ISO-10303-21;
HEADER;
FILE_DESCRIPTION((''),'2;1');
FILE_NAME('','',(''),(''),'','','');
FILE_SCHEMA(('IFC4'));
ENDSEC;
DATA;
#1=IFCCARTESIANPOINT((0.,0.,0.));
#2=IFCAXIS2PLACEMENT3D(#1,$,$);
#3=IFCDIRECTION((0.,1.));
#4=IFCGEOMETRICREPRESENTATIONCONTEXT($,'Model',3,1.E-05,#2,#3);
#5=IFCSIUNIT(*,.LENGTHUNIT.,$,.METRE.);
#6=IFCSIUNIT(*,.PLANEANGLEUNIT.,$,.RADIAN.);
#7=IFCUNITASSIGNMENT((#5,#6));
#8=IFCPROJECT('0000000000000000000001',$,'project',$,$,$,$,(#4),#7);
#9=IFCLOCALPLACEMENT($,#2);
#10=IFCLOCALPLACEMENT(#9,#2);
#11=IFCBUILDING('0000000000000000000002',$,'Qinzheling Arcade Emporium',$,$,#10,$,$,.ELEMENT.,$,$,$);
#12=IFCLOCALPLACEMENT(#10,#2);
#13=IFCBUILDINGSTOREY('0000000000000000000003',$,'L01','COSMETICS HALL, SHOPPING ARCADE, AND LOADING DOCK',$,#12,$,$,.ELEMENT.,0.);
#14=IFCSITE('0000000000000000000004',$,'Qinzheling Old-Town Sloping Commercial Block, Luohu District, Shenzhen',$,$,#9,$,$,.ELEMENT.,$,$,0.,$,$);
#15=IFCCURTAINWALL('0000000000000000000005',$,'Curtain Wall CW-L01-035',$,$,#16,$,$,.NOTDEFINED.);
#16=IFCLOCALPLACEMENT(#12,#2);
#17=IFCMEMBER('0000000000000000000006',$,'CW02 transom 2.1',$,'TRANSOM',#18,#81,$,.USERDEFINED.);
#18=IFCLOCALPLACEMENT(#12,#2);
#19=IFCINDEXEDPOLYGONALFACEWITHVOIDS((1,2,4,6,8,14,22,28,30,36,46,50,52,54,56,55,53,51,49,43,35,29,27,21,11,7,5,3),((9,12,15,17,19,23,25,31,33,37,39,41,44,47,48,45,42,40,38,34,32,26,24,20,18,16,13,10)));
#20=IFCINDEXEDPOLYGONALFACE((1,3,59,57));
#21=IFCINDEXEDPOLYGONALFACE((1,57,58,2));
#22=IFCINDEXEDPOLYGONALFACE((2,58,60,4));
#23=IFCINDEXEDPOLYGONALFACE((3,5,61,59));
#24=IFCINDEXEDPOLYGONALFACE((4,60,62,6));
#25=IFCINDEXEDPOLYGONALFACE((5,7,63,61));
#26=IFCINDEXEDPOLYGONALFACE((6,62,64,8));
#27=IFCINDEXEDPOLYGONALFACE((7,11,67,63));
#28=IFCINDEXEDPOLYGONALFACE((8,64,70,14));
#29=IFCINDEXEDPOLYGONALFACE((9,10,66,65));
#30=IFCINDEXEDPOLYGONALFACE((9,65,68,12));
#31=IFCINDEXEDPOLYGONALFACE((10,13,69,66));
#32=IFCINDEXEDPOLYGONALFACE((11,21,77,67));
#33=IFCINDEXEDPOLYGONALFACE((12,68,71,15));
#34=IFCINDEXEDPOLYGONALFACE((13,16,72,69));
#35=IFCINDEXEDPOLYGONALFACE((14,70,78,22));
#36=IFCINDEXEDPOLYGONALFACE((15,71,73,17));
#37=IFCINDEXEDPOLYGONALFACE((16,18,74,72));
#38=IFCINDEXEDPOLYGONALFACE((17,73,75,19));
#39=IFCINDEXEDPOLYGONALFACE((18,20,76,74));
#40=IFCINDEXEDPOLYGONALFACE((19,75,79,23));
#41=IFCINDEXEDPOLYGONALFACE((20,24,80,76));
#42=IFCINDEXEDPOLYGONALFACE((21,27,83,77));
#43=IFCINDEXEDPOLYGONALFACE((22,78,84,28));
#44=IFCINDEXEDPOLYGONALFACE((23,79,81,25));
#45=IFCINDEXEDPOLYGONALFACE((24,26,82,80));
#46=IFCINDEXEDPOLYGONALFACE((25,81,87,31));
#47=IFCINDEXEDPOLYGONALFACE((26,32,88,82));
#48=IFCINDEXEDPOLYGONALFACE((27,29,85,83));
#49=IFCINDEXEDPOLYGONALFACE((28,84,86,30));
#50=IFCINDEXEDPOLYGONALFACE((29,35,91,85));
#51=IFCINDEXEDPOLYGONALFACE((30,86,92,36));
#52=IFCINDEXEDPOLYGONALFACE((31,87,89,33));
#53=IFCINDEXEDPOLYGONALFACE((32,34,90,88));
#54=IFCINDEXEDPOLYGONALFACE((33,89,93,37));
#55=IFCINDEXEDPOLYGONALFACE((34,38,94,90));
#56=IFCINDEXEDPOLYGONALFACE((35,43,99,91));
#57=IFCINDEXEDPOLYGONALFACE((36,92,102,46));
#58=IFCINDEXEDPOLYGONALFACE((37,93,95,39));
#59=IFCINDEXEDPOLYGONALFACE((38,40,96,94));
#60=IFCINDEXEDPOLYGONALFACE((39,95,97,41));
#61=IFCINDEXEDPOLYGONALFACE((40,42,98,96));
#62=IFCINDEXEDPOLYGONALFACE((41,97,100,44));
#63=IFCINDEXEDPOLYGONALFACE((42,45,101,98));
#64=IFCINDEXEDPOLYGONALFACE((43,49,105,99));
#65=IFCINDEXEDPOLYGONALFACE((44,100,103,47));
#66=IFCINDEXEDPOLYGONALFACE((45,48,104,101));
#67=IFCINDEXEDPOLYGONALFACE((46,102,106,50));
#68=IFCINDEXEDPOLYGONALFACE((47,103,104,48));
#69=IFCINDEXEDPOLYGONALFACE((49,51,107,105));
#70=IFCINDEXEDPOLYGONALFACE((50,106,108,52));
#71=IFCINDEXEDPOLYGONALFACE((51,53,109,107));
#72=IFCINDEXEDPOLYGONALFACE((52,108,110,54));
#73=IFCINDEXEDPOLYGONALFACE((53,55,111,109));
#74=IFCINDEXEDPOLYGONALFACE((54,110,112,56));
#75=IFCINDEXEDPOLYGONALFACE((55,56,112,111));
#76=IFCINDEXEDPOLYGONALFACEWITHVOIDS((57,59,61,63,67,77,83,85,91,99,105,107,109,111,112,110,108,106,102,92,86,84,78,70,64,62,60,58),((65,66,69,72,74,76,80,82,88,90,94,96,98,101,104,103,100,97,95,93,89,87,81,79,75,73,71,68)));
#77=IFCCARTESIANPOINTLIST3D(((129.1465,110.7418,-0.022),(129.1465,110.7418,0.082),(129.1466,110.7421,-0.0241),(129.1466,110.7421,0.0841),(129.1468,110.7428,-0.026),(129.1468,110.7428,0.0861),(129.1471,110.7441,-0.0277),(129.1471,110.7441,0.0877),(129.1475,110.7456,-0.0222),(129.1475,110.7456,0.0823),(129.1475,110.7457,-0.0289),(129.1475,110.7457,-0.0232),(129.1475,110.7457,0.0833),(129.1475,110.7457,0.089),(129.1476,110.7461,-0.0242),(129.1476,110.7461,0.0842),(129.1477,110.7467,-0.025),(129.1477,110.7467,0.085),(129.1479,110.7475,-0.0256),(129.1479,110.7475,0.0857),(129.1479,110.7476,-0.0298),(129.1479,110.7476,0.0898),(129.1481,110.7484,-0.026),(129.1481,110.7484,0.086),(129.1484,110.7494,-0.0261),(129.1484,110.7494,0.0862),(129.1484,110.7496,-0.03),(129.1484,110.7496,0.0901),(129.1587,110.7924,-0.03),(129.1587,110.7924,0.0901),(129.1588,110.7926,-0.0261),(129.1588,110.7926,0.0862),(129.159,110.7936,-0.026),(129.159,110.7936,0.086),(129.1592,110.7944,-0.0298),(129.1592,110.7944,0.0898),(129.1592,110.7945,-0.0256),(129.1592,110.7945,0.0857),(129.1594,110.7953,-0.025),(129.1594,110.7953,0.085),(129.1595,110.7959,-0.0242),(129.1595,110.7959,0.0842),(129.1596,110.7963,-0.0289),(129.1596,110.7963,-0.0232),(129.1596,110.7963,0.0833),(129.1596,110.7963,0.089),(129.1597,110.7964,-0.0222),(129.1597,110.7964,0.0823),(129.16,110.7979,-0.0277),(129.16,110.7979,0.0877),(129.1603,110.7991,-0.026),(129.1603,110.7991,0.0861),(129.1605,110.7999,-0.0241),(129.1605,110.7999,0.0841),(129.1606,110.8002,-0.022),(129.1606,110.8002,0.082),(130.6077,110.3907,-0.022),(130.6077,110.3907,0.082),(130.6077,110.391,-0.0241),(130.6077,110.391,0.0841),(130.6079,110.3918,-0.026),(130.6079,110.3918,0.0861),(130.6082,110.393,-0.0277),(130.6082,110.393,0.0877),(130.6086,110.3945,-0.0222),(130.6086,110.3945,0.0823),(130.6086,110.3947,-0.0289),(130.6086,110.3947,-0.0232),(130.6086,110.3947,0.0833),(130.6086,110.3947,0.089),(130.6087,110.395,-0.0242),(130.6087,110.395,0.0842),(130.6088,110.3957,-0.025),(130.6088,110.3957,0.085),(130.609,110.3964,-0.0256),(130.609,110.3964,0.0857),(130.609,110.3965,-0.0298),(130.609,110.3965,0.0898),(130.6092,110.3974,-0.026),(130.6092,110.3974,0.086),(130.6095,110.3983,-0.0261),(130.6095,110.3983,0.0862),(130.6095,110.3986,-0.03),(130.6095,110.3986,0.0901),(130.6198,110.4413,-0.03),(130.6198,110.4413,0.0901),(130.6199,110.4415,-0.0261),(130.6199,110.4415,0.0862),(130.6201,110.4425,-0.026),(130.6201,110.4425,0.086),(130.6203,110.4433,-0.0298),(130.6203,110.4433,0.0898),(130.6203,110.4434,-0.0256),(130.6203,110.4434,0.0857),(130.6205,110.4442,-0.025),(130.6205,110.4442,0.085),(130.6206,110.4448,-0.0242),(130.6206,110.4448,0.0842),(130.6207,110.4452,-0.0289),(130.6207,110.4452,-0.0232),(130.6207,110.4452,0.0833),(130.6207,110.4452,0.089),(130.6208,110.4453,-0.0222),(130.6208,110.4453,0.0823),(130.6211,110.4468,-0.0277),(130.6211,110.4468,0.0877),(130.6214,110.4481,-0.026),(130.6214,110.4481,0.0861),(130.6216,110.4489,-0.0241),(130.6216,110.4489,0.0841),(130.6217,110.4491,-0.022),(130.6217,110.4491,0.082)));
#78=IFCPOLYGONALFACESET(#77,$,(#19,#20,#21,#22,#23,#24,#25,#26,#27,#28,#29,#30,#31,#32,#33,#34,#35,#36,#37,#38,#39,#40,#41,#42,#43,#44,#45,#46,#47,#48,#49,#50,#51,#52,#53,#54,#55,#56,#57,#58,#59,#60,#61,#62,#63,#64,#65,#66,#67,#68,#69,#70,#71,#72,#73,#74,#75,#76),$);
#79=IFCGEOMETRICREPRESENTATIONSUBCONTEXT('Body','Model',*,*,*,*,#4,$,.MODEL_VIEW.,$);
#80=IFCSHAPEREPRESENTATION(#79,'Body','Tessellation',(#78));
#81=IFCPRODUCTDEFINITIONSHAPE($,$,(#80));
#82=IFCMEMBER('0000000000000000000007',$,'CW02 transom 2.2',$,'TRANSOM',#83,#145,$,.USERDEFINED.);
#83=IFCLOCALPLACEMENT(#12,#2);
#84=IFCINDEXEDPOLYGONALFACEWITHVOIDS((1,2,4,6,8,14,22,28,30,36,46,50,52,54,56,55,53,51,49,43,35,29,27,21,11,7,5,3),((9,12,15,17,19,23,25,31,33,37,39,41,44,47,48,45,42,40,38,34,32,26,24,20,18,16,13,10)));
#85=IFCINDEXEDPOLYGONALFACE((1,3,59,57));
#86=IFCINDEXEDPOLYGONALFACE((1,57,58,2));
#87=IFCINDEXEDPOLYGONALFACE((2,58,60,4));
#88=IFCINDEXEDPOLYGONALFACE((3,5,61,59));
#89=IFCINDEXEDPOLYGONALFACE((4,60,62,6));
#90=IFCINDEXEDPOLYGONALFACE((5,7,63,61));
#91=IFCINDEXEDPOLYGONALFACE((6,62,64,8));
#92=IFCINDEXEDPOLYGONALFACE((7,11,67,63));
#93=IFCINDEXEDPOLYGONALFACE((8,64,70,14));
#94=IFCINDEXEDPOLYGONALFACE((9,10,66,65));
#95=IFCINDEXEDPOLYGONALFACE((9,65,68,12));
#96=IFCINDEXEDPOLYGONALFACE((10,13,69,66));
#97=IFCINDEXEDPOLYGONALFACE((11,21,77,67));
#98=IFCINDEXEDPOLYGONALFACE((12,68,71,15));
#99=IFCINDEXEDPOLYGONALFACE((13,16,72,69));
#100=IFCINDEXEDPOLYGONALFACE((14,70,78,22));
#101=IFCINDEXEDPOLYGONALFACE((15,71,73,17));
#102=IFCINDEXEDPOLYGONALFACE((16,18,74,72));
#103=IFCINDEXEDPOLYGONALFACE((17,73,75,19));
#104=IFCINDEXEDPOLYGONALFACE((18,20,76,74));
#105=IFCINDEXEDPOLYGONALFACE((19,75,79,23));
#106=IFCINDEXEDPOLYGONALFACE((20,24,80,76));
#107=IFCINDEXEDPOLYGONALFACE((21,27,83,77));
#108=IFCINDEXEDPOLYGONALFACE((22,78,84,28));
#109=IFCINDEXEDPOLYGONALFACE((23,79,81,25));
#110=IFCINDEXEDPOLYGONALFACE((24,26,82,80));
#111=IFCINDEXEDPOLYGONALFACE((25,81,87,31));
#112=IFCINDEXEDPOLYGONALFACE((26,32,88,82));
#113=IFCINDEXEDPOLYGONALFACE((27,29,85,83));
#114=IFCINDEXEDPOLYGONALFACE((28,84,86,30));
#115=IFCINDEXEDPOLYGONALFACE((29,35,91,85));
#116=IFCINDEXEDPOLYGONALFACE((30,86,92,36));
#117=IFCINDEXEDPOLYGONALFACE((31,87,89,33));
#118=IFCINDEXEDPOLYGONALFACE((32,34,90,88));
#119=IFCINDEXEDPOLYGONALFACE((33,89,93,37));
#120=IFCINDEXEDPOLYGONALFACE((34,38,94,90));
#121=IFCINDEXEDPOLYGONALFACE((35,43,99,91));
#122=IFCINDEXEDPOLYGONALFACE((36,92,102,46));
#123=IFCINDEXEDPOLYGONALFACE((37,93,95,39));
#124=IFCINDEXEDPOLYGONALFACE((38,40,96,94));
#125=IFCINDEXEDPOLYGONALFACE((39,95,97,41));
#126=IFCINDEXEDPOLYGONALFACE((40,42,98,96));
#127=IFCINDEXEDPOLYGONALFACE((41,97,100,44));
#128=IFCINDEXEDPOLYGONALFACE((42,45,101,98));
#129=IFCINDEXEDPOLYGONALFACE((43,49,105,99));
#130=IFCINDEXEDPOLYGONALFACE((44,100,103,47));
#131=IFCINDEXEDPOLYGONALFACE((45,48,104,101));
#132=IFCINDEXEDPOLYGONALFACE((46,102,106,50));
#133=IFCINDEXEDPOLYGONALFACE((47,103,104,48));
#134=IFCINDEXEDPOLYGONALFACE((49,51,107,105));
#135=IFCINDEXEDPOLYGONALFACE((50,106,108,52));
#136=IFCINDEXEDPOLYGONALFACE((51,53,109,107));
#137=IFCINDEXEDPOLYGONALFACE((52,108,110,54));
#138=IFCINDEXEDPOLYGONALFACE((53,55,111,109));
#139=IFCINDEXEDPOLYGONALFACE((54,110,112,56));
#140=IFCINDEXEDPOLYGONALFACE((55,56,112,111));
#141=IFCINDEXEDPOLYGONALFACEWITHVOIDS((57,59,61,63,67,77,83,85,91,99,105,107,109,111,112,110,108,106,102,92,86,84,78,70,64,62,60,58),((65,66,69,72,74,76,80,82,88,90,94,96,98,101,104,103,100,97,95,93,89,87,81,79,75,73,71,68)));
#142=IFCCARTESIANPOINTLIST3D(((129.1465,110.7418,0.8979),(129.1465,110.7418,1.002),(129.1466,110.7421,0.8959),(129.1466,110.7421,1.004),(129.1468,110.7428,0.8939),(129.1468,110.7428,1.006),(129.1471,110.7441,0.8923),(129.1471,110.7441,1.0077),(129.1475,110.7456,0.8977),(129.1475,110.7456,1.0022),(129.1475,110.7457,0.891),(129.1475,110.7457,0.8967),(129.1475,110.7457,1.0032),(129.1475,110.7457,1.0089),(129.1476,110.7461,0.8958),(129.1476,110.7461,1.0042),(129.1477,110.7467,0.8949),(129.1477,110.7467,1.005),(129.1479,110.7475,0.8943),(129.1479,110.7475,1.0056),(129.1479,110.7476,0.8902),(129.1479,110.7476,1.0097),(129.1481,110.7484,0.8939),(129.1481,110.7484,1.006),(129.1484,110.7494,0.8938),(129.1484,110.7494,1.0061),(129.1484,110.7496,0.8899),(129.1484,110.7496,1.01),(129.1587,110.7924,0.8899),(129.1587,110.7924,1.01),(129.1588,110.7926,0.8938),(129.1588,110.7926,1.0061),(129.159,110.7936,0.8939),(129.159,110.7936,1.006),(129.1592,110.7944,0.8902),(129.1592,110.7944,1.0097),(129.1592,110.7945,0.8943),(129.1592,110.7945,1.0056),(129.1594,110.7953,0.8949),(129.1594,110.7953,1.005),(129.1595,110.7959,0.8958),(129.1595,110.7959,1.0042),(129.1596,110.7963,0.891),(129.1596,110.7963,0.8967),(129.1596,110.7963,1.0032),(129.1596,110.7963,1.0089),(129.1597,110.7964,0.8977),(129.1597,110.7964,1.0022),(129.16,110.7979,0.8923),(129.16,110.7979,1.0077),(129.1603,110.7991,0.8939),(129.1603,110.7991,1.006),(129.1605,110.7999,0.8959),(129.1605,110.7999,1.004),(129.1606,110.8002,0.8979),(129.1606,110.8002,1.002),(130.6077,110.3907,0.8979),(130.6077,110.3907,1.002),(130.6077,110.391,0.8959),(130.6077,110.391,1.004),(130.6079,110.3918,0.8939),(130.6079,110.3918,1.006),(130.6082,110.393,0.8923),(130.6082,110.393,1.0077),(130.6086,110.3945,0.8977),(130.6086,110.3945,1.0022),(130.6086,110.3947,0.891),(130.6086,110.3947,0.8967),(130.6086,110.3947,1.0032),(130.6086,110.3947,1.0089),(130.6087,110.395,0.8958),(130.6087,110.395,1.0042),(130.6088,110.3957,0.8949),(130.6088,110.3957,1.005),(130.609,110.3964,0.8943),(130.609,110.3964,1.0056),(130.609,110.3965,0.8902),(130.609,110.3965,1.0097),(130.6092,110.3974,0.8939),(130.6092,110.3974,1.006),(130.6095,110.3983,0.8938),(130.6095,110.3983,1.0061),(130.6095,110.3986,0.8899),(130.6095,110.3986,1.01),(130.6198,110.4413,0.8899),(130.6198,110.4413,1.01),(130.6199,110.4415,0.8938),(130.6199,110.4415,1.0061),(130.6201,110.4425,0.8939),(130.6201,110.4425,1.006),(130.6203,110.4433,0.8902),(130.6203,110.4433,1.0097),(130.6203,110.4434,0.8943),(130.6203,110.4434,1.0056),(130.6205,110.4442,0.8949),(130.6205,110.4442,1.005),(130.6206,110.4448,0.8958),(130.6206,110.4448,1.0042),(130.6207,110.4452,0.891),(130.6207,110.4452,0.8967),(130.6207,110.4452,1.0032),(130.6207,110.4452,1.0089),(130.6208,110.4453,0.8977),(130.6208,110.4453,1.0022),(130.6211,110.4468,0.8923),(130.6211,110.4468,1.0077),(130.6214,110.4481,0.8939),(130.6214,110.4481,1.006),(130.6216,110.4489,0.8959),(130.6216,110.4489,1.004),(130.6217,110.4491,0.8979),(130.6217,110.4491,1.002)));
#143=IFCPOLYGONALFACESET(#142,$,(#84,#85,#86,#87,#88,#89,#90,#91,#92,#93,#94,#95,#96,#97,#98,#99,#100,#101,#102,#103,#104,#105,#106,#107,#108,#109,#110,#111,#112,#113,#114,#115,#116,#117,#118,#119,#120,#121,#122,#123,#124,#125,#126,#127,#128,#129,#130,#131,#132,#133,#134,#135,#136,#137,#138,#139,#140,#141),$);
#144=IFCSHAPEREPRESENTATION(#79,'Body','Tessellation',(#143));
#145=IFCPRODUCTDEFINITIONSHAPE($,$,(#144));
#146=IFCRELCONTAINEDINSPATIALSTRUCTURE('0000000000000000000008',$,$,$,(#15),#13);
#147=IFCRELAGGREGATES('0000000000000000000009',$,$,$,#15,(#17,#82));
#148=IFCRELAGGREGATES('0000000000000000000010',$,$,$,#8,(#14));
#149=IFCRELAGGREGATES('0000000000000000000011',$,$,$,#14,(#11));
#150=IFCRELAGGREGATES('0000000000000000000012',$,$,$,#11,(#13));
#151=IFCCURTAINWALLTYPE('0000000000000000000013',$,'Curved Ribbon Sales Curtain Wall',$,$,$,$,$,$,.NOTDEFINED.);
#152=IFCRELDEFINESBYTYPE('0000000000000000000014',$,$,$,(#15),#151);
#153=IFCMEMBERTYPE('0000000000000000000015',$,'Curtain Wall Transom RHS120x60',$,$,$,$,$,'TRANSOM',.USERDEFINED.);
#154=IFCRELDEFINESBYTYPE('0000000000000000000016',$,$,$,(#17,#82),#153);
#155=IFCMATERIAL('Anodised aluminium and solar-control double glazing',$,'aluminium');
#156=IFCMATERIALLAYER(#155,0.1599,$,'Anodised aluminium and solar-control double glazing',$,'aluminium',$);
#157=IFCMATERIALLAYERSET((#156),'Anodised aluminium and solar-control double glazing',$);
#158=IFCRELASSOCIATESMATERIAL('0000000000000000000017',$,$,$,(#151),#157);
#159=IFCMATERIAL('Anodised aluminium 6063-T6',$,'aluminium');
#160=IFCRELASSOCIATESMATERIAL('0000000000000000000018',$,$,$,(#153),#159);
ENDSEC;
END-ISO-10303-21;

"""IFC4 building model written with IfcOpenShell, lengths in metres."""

from ifc_helpers import new_model, si_unit, direction, frame, origin, origin_2d, place, context, subcontext, project, spatial, hollow_rectangle, extrude, material, layer, layer_set, material_profile, profile_set, type_object, element, aggregate, save


model = new_model("IFC4")

# Units and contexts
model_context = context("Model", 3, precision=1e-05, world=origin(), true_north=direction((0.0, 1.0)))
body_context = subcontext(model_context, "Body", "Model", "MODEL_VIEW")
ifc_project = project(units=[si_unit("LENGTHUNIT", "METRE"), si_unit("PLANEANGLEUNIT", "RADIAN")], contexts=[model_context])

# Site, building, storey
site_placement = place(None, origin())
site = spatial("IfcSite", under=ifc_project, at=site_placement, Name="Qinzheling Old-Town Sloping Commercial Block, Luohu District, Shenzhen", CompositionType="ELEMENT", RefElevation=0.0)
building_placement = place(site_placement, origin())
building = spatial("IfcBuilding", under=site, at=building_placement, Name="Qinzheling Arcade Emporium", CompositionType="ELEMENT")
storey_placement = place(building_placement, origin())
storey = spatial("IfcBuildingStorey", under=building, at=storey_placement, Name="L01", Description="COSMETICS HALL, SHOPPING ARCADE, AND LOADING DOCK", CompositionType="ELEMENT", Elevation=0.0)

# Curtain wall, members
ifc_material_1 = material(Name="Anodised aluminium and solar-control double glazing", Category="aluminium")
ifc_layer_1 = layer(ifc_material_1, 0.1599, Name="Anodised aluminium and solar-control double glazing", Category="aluminium")
ifc_layer_set_1 = layer_set([ifc_layer_1], Name="Anodised aluminium and solar-control double glazing")
curtain_wall_type = type_object("IfcCurtainWallType", Name="Curved Ribbon Sales Curtain Wall", PredefinedType="NOTDEFINED", material=ifc_layer_set_1)
curtain_wall_placement = place(storey_placement, origin())
curtain_wall = element("IfcCurtainWall", 1, at=curtain_wall_placement, inside=storey, type_object=curtain_wall_type, Name="Curtain Wall CW-L01-035", PredefinedType="NOTDEFINED")
ifc_material_2 = material(Name="Anodised aluminium 6063-T6", Category="aluminium")
ifc_material_profile_1 = material_profile(ifc_material_2, hollow_rectangle(XDim=0.0601, YDim=0.1201, WallThickness=0.0039, InnerFilletRadius=0.0039, OuterFilletRadius=0.0081, at=origin_2d()), Name="RHS 120x60x4", Category="aluminium")
ifc_profile_set_1 = profile_set([ifc_material_profile_1], Name="Anodised aluminium 6063-T6")
member_type_1 = type_object("IfcMemberType", Name="Curtain Wall Transom RHS120x60", ElementType="TRANSOM", PredefinedType="USERDEFINED", material=ifc_profile_set_1)
member_1_placement = place(storey_placement, frame((129.1536, 110.771, 0.03), z_axis=(0.972328, -0.233619, 0.0), x_axis=(0.233619, 0.972328, 0.0)))
member_1 = element("IfcMember", 2, at=member_1_placement, type_object=member_type_1, Name="CW02 transom 2.1", ObjectType="TRANSOM", PredefinedType="USERDEFINED", context=body_context, shape_type="SweptSolid", body=[
    extrude(hollow_rectangle(XDim=0.0601, YDim=0.1201, WallThickness=0.0039, InnerFilletRadius=0.0039, OuterFilletRadius=0.0081, at=origin_2d()), origin(), (0.0, 0.0, 1.0), 1.5027),
])
member_2_placement = place(storey_placement, frame((129.1536, 110.771, 0.95), z_axis=(0.972328, -0.233619, 0.0), x_axis=(0.233619, 0.972328, 0.0)))
member_2 = element("IfcMember", 3, at=member_2_placement, type_object=member_type_1, Name="CW02 transom 2.2", ObjectType="TRANSOM", PredefinedType="USERDEFINED", context=body_context, shape_type="SweptSolid", body=[
    extrude(hollow_rectangle(XDim=0.0601, YDim=0.1201, WallThickness=0.0039, InnerFilletRadius=0.0039, OuterFilletRadius=0.0081, at=origin_2d()), origin(), (0.0, 0.0, 1.0), 1.5027),
])

aggregate(curtain_wall, [member_1, member_2])

save(model, "model.ifc")
